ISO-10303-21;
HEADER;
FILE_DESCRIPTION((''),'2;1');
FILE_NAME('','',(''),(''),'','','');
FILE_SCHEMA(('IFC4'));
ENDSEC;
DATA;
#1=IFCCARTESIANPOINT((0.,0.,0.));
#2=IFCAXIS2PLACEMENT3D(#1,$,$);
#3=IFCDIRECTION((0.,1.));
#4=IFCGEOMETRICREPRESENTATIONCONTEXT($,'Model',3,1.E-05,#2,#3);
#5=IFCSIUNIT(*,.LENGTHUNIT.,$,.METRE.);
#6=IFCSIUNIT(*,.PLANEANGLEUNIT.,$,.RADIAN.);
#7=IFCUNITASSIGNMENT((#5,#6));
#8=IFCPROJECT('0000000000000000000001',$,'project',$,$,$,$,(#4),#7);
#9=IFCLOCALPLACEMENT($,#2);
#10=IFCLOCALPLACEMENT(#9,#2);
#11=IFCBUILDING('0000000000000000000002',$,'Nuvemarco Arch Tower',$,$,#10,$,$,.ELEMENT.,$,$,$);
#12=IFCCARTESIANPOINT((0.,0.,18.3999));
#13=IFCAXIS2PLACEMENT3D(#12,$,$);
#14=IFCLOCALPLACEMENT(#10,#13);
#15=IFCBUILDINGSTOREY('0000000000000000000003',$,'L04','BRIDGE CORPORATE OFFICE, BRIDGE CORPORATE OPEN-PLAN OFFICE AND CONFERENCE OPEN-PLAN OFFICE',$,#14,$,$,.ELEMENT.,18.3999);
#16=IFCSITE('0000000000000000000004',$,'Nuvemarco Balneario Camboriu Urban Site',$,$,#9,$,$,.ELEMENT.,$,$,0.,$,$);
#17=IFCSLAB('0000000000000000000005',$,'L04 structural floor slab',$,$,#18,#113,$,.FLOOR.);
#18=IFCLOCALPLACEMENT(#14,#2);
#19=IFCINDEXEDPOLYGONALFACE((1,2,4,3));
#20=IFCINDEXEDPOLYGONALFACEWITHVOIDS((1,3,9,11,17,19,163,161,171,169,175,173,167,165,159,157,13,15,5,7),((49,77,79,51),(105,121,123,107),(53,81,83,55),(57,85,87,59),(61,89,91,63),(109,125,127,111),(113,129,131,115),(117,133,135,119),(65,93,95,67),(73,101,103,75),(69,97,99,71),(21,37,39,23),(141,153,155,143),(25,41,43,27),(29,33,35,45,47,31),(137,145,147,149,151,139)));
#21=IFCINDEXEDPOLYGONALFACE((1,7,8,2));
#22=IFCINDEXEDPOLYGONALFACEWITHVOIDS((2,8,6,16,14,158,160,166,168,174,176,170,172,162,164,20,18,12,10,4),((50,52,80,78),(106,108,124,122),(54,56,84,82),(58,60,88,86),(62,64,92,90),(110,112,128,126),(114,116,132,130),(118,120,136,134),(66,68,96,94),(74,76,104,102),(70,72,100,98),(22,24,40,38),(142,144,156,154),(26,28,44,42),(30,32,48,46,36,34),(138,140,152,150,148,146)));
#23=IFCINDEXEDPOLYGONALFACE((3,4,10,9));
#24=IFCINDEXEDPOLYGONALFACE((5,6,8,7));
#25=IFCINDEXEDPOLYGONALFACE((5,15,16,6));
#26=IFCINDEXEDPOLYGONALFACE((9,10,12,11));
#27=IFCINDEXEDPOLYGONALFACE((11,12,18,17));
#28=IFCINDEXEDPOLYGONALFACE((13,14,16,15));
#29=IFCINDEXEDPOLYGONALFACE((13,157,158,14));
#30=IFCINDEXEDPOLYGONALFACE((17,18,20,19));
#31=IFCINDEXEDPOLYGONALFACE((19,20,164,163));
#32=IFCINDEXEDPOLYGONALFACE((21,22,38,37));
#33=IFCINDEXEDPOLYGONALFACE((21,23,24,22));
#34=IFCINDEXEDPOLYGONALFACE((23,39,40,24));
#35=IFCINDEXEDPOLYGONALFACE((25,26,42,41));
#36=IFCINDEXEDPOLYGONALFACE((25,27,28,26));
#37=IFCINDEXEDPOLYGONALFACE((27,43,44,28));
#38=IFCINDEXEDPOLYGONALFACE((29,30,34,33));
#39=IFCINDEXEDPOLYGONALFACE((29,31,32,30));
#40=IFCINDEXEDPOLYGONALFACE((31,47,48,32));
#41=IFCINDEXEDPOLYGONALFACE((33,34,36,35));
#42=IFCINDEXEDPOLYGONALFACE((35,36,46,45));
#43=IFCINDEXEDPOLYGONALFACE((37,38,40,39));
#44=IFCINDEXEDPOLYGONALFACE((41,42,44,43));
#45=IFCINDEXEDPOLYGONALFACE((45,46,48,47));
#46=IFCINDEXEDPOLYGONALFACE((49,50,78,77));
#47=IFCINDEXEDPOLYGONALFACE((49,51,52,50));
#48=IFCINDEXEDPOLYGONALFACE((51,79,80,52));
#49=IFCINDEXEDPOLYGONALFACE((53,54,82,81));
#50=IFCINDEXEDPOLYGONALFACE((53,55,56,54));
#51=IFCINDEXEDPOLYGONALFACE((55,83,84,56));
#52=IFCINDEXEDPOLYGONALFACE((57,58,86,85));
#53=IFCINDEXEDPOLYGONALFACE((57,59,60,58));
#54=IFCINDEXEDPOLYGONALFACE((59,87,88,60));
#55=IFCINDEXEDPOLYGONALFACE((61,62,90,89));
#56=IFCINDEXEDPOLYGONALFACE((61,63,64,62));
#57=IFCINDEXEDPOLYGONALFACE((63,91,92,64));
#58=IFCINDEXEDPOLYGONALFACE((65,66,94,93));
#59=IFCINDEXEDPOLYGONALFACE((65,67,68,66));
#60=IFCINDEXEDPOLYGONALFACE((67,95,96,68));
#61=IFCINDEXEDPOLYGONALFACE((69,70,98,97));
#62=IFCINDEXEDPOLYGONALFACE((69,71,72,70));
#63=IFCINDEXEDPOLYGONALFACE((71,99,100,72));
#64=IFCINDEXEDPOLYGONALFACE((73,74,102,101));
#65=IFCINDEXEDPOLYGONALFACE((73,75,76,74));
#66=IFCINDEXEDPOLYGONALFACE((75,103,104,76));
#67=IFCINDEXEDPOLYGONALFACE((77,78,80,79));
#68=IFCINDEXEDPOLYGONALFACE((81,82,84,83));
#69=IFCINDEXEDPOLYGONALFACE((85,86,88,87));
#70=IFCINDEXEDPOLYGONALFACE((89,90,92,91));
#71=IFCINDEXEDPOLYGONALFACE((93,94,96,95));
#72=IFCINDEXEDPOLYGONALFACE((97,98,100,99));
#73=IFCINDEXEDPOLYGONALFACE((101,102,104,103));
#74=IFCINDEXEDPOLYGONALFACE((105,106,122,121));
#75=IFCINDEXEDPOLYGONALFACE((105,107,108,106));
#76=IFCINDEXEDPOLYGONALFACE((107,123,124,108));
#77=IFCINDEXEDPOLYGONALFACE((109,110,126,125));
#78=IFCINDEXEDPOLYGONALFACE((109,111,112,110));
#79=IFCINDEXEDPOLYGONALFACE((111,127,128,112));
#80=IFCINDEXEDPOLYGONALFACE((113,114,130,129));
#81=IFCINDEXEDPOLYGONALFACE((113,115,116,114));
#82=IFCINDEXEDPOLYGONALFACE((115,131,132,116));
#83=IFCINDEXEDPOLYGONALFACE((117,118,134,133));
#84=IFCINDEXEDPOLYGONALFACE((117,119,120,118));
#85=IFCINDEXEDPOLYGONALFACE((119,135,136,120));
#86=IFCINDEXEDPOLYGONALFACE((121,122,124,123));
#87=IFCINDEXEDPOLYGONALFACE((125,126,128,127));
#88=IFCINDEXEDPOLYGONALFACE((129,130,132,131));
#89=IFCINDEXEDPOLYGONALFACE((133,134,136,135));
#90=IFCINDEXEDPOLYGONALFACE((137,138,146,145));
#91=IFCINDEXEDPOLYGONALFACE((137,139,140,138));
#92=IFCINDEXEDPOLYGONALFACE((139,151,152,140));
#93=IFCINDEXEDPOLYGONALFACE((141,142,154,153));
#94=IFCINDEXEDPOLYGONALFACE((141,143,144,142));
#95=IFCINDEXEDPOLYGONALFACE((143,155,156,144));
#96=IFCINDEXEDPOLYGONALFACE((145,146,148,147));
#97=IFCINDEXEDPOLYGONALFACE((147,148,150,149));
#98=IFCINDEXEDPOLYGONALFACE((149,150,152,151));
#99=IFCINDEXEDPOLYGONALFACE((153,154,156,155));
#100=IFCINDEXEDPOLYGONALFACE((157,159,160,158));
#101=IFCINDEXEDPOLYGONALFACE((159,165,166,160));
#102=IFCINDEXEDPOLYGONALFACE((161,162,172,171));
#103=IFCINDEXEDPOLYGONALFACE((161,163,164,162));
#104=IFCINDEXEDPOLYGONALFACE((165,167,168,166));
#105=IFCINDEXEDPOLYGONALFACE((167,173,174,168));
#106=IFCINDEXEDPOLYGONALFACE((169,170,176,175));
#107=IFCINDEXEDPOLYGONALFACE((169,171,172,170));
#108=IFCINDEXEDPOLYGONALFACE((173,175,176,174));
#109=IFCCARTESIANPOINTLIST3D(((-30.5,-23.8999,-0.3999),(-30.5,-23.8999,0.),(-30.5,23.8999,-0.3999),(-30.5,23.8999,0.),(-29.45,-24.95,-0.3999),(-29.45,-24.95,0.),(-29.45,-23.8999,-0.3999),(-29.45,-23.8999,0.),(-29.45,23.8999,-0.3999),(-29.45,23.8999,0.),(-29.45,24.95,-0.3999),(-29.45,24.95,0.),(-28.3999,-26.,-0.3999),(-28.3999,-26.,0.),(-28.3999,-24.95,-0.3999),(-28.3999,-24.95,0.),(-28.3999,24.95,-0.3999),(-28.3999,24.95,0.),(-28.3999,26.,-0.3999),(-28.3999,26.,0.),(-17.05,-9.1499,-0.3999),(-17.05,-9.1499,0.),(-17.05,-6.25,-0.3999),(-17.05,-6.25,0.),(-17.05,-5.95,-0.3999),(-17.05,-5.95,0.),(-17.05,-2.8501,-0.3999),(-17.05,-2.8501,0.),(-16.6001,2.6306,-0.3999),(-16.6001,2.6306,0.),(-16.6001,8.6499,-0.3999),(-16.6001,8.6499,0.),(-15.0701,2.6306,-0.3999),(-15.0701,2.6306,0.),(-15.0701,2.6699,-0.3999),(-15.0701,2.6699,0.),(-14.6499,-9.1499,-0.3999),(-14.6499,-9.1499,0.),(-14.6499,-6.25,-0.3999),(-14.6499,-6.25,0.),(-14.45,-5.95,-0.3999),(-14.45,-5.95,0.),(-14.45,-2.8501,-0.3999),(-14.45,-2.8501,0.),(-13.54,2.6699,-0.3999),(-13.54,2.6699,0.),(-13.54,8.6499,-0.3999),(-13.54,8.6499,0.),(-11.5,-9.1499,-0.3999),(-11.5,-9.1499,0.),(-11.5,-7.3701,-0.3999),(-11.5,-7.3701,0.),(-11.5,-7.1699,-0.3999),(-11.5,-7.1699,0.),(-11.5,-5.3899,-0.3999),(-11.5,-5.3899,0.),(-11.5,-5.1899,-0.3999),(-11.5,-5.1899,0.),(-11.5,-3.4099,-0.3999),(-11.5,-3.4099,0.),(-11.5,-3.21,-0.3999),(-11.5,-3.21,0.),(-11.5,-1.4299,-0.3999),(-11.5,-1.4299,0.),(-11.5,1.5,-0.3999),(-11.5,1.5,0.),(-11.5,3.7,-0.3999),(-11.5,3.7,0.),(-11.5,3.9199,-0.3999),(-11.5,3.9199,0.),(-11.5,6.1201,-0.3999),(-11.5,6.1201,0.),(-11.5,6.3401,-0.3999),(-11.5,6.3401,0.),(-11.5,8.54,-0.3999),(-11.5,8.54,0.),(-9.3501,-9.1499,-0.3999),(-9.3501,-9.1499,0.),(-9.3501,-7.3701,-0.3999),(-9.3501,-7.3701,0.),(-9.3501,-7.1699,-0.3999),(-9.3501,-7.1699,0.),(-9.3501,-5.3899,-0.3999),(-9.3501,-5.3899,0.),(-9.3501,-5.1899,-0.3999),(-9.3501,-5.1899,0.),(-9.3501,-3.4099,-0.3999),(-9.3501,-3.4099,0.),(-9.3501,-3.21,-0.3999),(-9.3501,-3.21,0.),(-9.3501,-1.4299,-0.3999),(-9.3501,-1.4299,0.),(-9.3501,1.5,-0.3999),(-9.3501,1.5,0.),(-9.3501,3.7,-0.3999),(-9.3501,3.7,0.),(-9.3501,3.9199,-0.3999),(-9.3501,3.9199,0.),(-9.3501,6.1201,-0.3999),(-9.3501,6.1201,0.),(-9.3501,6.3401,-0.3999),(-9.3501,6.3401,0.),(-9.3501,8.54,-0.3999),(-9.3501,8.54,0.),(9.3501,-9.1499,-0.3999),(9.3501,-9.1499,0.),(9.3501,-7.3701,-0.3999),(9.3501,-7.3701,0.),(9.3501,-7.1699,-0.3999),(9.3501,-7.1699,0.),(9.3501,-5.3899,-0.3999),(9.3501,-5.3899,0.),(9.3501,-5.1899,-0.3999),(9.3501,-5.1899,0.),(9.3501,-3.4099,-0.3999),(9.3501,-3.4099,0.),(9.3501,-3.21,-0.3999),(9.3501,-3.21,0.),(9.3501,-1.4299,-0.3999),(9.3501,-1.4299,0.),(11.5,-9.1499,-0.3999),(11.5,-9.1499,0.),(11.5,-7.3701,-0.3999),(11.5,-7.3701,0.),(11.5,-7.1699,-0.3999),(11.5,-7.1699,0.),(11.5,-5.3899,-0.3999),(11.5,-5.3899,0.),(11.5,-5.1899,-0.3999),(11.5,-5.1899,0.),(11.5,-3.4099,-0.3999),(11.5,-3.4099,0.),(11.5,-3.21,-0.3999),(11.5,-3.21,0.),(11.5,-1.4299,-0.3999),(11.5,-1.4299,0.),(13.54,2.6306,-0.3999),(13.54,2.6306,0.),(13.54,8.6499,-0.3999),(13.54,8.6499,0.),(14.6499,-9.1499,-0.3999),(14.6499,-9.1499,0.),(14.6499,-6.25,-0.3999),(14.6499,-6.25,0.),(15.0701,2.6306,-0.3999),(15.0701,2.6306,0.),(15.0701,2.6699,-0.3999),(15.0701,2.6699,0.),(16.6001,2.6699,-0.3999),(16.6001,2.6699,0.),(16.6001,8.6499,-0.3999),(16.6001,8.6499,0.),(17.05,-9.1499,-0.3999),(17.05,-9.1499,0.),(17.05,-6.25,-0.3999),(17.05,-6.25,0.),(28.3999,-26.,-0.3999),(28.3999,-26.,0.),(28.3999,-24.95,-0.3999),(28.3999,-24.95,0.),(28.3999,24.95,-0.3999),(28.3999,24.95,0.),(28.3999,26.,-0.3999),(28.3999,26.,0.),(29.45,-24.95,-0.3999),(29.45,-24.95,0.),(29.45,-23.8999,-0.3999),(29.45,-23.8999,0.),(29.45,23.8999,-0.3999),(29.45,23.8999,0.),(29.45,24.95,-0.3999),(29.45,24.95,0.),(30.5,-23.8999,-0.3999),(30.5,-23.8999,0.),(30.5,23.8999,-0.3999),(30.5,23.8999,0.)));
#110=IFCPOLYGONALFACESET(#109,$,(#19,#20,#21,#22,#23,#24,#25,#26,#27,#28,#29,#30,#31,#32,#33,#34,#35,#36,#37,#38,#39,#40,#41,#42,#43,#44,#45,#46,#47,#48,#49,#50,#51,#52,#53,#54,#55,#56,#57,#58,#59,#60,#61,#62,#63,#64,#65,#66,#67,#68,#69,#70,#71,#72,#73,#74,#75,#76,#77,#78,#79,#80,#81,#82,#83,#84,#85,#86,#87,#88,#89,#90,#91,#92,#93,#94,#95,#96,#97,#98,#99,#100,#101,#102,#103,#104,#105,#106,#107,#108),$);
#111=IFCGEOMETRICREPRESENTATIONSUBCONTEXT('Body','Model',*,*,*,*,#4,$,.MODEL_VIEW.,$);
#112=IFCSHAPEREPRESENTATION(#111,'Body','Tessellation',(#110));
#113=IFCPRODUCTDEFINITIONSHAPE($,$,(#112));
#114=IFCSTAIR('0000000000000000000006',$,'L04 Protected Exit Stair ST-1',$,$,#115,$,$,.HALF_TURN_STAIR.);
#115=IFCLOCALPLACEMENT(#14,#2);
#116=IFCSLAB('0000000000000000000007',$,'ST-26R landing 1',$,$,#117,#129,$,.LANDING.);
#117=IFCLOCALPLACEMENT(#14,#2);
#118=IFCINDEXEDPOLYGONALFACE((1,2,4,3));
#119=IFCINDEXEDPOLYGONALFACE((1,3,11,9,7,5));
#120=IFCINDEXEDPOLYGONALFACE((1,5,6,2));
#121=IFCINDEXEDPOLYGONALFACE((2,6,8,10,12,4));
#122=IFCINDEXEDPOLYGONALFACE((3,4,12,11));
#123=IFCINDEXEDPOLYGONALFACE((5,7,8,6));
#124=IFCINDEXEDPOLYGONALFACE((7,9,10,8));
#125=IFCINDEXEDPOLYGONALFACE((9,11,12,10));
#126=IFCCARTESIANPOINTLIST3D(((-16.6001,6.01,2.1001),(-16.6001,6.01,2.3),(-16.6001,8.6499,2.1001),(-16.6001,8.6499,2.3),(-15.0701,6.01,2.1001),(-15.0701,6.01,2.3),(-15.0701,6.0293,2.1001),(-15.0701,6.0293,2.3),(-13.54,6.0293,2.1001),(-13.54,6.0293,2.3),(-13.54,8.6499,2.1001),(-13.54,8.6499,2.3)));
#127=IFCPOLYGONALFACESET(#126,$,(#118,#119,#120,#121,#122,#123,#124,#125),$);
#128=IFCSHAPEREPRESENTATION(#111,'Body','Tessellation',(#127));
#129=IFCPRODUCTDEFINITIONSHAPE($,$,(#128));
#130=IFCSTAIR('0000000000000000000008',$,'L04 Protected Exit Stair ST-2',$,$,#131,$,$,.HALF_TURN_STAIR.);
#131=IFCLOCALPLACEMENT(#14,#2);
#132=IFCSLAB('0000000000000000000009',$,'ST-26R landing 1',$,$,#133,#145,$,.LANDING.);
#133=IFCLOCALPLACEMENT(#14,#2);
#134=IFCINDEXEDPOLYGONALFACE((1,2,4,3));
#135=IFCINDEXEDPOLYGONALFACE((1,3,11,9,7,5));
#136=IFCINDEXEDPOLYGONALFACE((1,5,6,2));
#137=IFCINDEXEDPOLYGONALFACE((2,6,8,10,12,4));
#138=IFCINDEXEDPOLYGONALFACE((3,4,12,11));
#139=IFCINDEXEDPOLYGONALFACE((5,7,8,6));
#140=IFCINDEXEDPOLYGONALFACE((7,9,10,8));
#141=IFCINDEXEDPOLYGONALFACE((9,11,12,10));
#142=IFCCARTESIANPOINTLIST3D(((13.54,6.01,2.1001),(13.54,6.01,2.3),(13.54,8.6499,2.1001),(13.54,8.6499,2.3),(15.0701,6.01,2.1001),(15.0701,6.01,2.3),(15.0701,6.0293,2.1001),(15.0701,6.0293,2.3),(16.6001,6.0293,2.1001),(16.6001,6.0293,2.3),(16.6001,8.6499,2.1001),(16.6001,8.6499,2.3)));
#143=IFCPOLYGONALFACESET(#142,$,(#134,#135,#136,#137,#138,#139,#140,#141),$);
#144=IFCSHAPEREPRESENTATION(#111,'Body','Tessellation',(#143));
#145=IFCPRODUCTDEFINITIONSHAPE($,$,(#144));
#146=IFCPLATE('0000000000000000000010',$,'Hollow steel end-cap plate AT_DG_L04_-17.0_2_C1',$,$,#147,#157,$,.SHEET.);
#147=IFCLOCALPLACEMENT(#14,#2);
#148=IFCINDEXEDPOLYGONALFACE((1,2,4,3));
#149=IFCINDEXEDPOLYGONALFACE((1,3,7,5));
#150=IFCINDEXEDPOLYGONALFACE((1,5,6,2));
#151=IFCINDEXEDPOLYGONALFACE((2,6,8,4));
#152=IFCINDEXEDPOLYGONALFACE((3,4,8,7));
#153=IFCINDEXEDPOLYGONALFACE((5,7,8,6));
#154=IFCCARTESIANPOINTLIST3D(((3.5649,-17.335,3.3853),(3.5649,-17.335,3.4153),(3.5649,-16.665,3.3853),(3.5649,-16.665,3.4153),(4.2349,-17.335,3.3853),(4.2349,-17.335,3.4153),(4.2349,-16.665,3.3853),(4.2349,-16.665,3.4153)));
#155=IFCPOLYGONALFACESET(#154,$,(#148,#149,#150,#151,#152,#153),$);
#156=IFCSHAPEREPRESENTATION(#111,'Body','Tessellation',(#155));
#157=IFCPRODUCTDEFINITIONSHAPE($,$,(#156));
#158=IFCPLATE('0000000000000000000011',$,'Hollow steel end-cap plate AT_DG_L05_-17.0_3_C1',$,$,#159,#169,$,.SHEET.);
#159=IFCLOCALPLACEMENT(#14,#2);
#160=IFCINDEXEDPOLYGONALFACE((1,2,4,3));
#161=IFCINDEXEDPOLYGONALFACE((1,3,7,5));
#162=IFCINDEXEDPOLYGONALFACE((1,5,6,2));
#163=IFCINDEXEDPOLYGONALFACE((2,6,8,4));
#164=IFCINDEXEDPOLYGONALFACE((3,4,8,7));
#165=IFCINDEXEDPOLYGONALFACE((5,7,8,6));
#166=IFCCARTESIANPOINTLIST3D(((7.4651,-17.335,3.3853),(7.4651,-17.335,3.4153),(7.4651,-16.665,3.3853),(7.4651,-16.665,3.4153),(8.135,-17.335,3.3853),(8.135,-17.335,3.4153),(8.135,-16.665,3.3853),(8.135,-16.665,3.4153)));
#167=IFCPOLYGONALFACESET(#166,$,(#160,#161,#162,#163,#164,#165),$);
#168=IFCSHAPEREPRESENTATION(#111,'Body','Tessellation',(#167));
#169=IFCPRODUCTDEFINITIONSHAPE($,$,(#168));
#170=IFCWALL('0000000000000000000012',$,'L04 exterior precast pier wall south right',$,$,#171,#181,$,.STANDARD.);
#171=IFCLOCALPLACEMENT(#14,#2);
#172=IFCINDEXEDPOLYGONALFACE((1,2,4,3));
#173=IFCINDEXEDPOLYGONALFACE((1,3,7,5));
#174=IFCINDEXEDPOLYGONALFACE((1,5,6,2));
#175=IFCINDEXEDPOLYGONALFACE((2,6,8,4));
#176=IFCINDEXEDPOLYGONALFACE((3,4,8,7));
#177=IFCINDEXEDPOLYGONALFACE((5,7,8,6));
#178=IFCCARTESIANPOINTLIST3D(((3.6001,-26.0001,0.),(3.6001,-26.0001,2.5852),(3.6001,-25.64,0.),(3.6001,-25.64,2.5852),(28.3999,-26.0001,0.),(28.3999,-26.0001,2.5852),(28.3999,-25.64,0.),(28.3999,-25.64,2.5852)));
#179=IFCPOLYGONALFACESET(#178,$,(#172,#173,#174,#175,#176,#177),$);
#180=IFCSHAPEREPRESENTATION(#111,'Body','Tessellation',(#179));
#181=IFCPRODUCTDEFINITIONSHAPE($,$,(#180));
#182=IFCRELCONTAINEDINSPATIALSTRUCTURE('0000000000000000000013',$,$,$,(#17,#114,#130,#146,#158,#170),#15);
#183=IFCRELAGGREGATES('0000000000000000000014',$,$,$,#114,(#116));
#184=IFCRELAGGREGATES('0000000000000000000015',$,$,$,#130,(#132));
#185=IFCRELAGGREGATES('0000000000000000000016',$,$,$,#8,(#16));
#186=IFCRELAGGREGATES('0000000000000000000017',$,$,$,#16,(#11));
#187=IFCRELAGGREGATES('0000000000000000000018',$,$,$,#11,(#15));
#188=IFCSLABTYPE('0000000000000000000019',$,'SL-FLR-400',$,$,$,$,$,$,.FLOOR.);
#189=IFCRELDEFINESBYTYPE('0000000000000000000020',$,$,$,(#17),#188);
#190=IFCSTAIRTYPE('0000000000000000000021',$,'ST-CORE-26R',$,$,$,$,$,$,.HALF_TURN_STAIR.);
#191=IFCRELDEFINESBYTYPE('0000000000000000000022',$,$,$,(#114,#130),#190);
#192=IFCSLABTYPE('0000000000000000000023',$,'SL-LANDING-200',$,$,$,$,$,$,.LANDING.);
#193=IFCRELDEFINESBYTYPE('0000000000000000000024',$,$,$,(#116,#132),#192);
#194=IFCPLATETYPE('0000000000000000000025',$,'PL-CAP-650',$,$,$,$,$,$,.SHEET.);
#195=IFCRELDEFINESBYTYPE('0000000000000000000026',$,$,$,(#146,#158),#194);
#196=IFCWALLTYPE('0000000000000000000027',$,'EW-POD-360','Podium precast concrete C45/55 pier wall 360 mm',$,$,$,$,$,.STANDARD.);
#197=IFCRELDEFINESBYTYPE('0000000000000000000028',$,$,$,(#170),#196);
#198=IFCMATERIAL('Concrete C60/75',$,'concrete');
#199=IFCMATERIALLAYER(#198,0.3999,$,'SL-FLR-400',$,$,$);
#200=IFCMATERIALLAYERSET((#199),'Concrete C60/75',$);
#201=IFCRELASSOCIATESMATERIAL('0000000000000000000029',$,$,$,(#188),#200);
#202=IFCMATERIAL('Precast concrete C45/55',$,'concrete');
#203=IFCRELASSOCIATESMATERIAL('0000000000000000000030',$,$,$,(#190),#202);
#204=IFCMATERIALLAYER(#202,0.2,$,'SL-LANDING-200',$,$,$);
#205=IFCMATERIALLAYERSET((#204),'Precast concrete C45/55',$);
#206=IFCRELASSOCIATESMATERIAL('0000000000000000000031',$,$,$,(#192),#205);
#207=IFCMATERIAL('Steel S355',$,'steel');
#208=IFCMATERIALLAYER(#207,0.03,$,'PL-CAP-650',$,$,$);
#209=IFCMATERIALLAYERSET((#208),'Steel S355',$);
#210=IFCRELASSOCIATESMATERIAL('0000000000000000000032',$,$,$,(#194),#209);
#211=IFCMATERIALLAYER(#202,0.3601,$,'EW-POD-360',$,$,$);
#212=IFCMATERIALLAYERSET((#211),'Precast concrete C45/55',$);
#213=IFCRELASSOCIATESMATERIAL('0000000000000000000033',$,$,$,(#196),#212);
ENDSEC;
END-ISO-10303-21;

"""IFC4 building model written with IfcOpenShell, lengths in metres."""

from ifc_helpers import new_model, si_unit, direction, frame, frame_2d, origin, origin_2d, place, context, subcontext, project, spatial, polyline, rectangle, outline, extrude, source, transform, mapped, material, layer, layer_set, type_object, type_shapes, element, aggregate, save


model = new_model("IFC4")

# Units and contexts
model_context = context("Model", 3, precision=1e-05, world=origin(), true_north=direction((0.0, 1.0)))
body_context = subcontext(model_context, "Body", "Model", "MODEL_VIEW")
ifc_project = project(units=[si_unit("LENGTHUNIT", "METRE"), si_unit("PLANEANGLEUNIT", "RADIAN")], contexts=[model_context])

# Site, building, storey
site_placement = place(None, origin())
site = spatial("IfcSite", under=ifc_project, at=site_placement, Name="Nuvemarco Balneario Camboriu Urban Site", CompositionType="ELEMENT", RefElevation=0.0)
building_placement = place(site_placement, origin())
building = spatial("IfcBuilding", under=site, at=building_placement, Name="Nuvemarco Arch Tower", CompositionType="ELEMENT")
storey_placement = place(building_placement, frame((0.0, 0.0, 18.3999)))
storey = spatial("IfcBuildingStorey", under=building, at=storey_placement, Name="L04", Description="BRIDGE CORPORATE OFFICE, BRIDGE CORPORATE OPEN-PLAN OFFICE AND CONFERENCE OPEN-PLAN OFFICE", CompositionType="ELEMENT", Elevation=18.3999)

# Shared definitions
ifc_material_1 = material(Name="Concrete C60/75", Category="concrete")
ifc_material_2 = material(Name="Steel S355", Category="steel")

# Shared definitions
ifc_material_3 = material(Name="Precast concrete C45/55", Category="concrete")

# Slab
ifc_layer_1 = layer(ifc_material_1, 0.3999, Name="SL-FLR-400")
ifc_layer_set_1 = layer_set([ifc_layer_1], Name="Concrete C60/75")
slab_type_1 = type_object("IfcSlabType", Name="SL-FLR-400", PredefinedType="FLOOR", material=ifc_layer_set_1)
slab_1_placement = place(storey_placement, frame((0.0, 0.0, -0.3999)))
element("IfcSlab", 1, at=slab_1_placement, inside=storey, type_object=slab_type_1, Name="L04 structural floor slab", PredefinedType="FLOOR", context=body_context, shape_type="SweptSolid", body=[
    extrude(outline(polyline([(-28.3999, -26.0), (28.3999, -26.0), (28.3999, -24.95), (29.45, -24.95), (29.45, -23.8999), (30.5, -23.8999), (30.5, 23.8999), (29.45, 23.8999), (29.45, 24.95), (28.3999, 24.95), (28.3999, 26.0), (-28.3999, 26.0), (-28.3999, 24.95), (-29.45, 24.95), (-29.45, 23.8999), (-30.5, 23.8999), (-30.5, -23.8999), (-29.45, -23.8999), (-29.45, -24.95), (-28.3999, -24.95), (-28.3999, -26.0)]), holes=[polyline([(-13.54, 2.6699), (-13.54, 8.6499), (-16.6001, 8.6499), (-16.6001, 2.6306), (-15.0701, 2.6306), (-15.0701, 2.6699), (-13.54, 2.6699)]), polyline([(16.6001, 2.6699), (16.6001, 8.6499), (13.54, 8.6499), (13.54, 2.6306), (15.0701, 2.6306), (15.0701, 2.6699), (16.6001, 2.6699)]), polyline([(-17.05, -9.1499), (-14.6499, -9.1499), (-14.6499, -6.25), (-17.05, -6.25), (-17.05, -9.1499)]), polyline([(-17.05, -5.95), (-14.45, -5.95), (-14.45, -2.8501), (-17.05, -2.8501), (-17.05, -5.95)]), polyline([(-11.5, -9.1499), (-9.3501, -9.1499), (-9.3501, -7.3701), (-11.5, -7.3701), (-11.5, -9.1499)]), polyline([(-11.5, -7.1699), (-9.3501, -7.1699), (-9.3501, -5.3899), (-11.5, -5.3899), (-11.5, -7.1699)]), polyline([(-11.5, -5.1899), (-9.3501, -5.1899), (-9.3501, -3.4099), (-11.5, -3.4099), (-11.5, -5.1899)]), polyline([(-11.5, -3.21), (-9.3501, -3.21), (-9.3501, -1.4299), (-11.5, -1.4299), (-11.5, -3.21)]), polyline([(-11.5, 1.5), (-9.3501, 1.5), (-9.3501, 3.7), (-11.5, 3.7), (-11.5, 1.5)]), polyline([(-11.5, 3.9199), (-9.3501, 3.9199), (-9.3501, 6.1201), (-11.5, 6.1201), (-11.5, 3.9199)]), polyline([(-11.5, 6.3401), (-9.3501, 6.3401), (-9.3501, 8.54), (-11.5, 8.54), (-11.5, 6.3401)]), polyline([(14.6499, -9.1499), (17.05, -9.1499), (17.05, -6.25), (14.6499, -6.25), (14.6499, -9.1499)]), polyline([(9.3501, -9.1499), (11.5, -9.1499), (11.5, -7.3701), (9.3501, -7.3701), (9.3501, -9.1499)]), polyline([(9.3501, -7.1699), (11.5, -7.1699), (11.5, -5.3899), (9.3501, -5.3899), (9.3501, -7.1699)]), polyline([(9.3501, -5.1899), (11.5, -5.1899), (11.5, -3.4099), (9.3501, -3.4099), (9.3501, -5.1899)]), polyline([(9.3501, -3.21), (11.5, -3.21), (11.5, -1.4299), (9.3501, -1.4299), (9.3501, -3.21)])]), origin(), (0.0, 0.0, 1.0), 0.3999),
])

# Stairs, slabs
stair_type = type_object("IfcStairType", Name="ST-CORE-26R", PredefinedType="HALF_TURN_STAIR", material=ifc_material_3)
stair_1_placement = place(storey_placement, origin())
stair_1 = element("IfcStair", 2, at=stair_1_placement, inside=storey, type_object=stair_type, Name="L04 Protected Exit Stair ST-1", PredefinedType="HALF_TURN_STAIR")
ifc_layer_2 = layer(ifc_material_3, 0.2, Name="SL-LANDING-200")
ifc_layer_set_2 = layer_set([ifc_layer_2], Name="Precast concrete C45/55")
slab_type_2 = type_object("IfcSlabType", Name="SL-LANDING-200", PredefinedType="LANDING", material=ifc_layer_set_2)
slab_2_placement = place(storey_placement, frame((0.0, 0.0, 2.1001)))
slab_2 = element("IfcSlab", 3, at=slab_2_placement, type_object=slab_type_2, Name="ST-26R landing 1", PredefinedType="LANDING", context=body_context, shape_type="SweptSolid", body=[
    extrude(outline(polyline([(-13.54, 6.0293), (-13.54, 8.6499), (-16.6001, 8.6499), (-16.6001, 6.01), (-15.0701, 6.01), (-15.0701, 6.0293), (-13.54, 6.0293)])), origin(), (0.0, 0.0, 1.0), 0.2),
])
aggregate(stair_1, [slab_2])
stair_2_placement = place(storey_placement, origin())
stair_2 = element("IfcStair", 4, at=stair_2_placement, inside=storey, type_object=stair_type, Name="L04 Protected Exit Stair ST-2", PredefinedType="HALF_TURN_STAIR")
slab_3_placement = place(storey_placement, frame((0.0, 0.0, 2.1001)))
slab_3 = element("IfcSlab", 5, at=slab_3_placement, type_object=slab_type_2, Name="ST-26R landing 1", PredefinedType="LANDING", context=body_context, shape_type="SweptSolid", body=[
    extrude(outline(polyline([(16.6001, 6.0293), (16.6001, 8.6499), (13.54, 8.6499), (13.54, 6.01), (15.0701, 6.01), (15.0701, 6.0293), (16.6001, 6.0293)])), origin(), (0.0, 0.0, 1.0), 0.2),
])
aggregate(stair_2, [slab_3])

# Plates
ifc_layer_3 = layer(ifc_material_2, 0.03, Name="PL-CAP-650")
ifc_layer_set_3 = layer_set([ifc_layer_3], Name="Steel S355")
plate_type = type_object("IfcPlateType", Name="PL-CAP-650", PredefinedType="SHEET", material=ifc_layer_set_3)
shared_shape_1 = source(origin(), body_context, "Body", "SweptSolid", [
    extrude(rectangle(XDim=0.6699, YDim=0.6699, at=origin_2d()), origin(), (0.0, 0.0, 1.0), 0.03),
])
type_shapes(plate_type, [shared_shape_1])
for number, where, z_axis, x_axis, name in (
    (6, (3.8999, -17.0, 3.3853), (0.0, 0.0, 1.0), (1.0, 0.0, 0.0), "Hollow steel end-cap plate AT_DG_L04_-17.0_2_C1"),
    (7, (7.8, -17.0, 3.3853), (0.0, 0.0, 1.0), (1.0, 0.0, 0.0), "Hollow steel end-cap plate AT_DG_L05_-17.0_3_C1"),
):
    element("IfcPlate", number, at=place(storey_placement, frame(where, z_axis=z_axis, x_axis=x_axis)), inside=storey, type_object=plate_type, Name=name, PredefinedType="SHEET", context=body_context, shape_type="MappedRepresentation", body=[
        mapped(shared_shape_1, transform((0.0, 0.0, 0.0), scale=1.0)),
    ])

# Wall
ifc_layer_4 = layer(ifc_material_3, 0.3601, Name="EW-POD-360")
ifc_layer_set_4 = layer_set([ifc_layer_4], Name="Precast concrete C45/55")
wall_type_1 = type_object("IfcWallType", Name="EW-POD-360", Description="Podium precast concrete C45/55 pier wall 360 mm", PredefinedType="STANDARD", material=ifc_layer_set_4)
wall_1_placement = place(storey_placement, frame((3.6001, -25.8201, 0.0), z_axis=(0.0, 0.0, 1.0), x_axis=(1.0, 0.0, 0.0)))
element("IfcWall", 8, at=wall_1_placement, inside=storey, type_object=wall_type_1, Name="L04 exterior precast pier wall south right", PredefinedType="STANDARD", context=body_context, shape_type="SweptSolid", body=[
    extrude(rectangle(XDim=24.7998, YDim=0.3601, at=frame_2d((12.3999, 0.0))), origin(), (0.0, 0.0, 1.0), 2.5852),
])

save(model, "model.ifc")
